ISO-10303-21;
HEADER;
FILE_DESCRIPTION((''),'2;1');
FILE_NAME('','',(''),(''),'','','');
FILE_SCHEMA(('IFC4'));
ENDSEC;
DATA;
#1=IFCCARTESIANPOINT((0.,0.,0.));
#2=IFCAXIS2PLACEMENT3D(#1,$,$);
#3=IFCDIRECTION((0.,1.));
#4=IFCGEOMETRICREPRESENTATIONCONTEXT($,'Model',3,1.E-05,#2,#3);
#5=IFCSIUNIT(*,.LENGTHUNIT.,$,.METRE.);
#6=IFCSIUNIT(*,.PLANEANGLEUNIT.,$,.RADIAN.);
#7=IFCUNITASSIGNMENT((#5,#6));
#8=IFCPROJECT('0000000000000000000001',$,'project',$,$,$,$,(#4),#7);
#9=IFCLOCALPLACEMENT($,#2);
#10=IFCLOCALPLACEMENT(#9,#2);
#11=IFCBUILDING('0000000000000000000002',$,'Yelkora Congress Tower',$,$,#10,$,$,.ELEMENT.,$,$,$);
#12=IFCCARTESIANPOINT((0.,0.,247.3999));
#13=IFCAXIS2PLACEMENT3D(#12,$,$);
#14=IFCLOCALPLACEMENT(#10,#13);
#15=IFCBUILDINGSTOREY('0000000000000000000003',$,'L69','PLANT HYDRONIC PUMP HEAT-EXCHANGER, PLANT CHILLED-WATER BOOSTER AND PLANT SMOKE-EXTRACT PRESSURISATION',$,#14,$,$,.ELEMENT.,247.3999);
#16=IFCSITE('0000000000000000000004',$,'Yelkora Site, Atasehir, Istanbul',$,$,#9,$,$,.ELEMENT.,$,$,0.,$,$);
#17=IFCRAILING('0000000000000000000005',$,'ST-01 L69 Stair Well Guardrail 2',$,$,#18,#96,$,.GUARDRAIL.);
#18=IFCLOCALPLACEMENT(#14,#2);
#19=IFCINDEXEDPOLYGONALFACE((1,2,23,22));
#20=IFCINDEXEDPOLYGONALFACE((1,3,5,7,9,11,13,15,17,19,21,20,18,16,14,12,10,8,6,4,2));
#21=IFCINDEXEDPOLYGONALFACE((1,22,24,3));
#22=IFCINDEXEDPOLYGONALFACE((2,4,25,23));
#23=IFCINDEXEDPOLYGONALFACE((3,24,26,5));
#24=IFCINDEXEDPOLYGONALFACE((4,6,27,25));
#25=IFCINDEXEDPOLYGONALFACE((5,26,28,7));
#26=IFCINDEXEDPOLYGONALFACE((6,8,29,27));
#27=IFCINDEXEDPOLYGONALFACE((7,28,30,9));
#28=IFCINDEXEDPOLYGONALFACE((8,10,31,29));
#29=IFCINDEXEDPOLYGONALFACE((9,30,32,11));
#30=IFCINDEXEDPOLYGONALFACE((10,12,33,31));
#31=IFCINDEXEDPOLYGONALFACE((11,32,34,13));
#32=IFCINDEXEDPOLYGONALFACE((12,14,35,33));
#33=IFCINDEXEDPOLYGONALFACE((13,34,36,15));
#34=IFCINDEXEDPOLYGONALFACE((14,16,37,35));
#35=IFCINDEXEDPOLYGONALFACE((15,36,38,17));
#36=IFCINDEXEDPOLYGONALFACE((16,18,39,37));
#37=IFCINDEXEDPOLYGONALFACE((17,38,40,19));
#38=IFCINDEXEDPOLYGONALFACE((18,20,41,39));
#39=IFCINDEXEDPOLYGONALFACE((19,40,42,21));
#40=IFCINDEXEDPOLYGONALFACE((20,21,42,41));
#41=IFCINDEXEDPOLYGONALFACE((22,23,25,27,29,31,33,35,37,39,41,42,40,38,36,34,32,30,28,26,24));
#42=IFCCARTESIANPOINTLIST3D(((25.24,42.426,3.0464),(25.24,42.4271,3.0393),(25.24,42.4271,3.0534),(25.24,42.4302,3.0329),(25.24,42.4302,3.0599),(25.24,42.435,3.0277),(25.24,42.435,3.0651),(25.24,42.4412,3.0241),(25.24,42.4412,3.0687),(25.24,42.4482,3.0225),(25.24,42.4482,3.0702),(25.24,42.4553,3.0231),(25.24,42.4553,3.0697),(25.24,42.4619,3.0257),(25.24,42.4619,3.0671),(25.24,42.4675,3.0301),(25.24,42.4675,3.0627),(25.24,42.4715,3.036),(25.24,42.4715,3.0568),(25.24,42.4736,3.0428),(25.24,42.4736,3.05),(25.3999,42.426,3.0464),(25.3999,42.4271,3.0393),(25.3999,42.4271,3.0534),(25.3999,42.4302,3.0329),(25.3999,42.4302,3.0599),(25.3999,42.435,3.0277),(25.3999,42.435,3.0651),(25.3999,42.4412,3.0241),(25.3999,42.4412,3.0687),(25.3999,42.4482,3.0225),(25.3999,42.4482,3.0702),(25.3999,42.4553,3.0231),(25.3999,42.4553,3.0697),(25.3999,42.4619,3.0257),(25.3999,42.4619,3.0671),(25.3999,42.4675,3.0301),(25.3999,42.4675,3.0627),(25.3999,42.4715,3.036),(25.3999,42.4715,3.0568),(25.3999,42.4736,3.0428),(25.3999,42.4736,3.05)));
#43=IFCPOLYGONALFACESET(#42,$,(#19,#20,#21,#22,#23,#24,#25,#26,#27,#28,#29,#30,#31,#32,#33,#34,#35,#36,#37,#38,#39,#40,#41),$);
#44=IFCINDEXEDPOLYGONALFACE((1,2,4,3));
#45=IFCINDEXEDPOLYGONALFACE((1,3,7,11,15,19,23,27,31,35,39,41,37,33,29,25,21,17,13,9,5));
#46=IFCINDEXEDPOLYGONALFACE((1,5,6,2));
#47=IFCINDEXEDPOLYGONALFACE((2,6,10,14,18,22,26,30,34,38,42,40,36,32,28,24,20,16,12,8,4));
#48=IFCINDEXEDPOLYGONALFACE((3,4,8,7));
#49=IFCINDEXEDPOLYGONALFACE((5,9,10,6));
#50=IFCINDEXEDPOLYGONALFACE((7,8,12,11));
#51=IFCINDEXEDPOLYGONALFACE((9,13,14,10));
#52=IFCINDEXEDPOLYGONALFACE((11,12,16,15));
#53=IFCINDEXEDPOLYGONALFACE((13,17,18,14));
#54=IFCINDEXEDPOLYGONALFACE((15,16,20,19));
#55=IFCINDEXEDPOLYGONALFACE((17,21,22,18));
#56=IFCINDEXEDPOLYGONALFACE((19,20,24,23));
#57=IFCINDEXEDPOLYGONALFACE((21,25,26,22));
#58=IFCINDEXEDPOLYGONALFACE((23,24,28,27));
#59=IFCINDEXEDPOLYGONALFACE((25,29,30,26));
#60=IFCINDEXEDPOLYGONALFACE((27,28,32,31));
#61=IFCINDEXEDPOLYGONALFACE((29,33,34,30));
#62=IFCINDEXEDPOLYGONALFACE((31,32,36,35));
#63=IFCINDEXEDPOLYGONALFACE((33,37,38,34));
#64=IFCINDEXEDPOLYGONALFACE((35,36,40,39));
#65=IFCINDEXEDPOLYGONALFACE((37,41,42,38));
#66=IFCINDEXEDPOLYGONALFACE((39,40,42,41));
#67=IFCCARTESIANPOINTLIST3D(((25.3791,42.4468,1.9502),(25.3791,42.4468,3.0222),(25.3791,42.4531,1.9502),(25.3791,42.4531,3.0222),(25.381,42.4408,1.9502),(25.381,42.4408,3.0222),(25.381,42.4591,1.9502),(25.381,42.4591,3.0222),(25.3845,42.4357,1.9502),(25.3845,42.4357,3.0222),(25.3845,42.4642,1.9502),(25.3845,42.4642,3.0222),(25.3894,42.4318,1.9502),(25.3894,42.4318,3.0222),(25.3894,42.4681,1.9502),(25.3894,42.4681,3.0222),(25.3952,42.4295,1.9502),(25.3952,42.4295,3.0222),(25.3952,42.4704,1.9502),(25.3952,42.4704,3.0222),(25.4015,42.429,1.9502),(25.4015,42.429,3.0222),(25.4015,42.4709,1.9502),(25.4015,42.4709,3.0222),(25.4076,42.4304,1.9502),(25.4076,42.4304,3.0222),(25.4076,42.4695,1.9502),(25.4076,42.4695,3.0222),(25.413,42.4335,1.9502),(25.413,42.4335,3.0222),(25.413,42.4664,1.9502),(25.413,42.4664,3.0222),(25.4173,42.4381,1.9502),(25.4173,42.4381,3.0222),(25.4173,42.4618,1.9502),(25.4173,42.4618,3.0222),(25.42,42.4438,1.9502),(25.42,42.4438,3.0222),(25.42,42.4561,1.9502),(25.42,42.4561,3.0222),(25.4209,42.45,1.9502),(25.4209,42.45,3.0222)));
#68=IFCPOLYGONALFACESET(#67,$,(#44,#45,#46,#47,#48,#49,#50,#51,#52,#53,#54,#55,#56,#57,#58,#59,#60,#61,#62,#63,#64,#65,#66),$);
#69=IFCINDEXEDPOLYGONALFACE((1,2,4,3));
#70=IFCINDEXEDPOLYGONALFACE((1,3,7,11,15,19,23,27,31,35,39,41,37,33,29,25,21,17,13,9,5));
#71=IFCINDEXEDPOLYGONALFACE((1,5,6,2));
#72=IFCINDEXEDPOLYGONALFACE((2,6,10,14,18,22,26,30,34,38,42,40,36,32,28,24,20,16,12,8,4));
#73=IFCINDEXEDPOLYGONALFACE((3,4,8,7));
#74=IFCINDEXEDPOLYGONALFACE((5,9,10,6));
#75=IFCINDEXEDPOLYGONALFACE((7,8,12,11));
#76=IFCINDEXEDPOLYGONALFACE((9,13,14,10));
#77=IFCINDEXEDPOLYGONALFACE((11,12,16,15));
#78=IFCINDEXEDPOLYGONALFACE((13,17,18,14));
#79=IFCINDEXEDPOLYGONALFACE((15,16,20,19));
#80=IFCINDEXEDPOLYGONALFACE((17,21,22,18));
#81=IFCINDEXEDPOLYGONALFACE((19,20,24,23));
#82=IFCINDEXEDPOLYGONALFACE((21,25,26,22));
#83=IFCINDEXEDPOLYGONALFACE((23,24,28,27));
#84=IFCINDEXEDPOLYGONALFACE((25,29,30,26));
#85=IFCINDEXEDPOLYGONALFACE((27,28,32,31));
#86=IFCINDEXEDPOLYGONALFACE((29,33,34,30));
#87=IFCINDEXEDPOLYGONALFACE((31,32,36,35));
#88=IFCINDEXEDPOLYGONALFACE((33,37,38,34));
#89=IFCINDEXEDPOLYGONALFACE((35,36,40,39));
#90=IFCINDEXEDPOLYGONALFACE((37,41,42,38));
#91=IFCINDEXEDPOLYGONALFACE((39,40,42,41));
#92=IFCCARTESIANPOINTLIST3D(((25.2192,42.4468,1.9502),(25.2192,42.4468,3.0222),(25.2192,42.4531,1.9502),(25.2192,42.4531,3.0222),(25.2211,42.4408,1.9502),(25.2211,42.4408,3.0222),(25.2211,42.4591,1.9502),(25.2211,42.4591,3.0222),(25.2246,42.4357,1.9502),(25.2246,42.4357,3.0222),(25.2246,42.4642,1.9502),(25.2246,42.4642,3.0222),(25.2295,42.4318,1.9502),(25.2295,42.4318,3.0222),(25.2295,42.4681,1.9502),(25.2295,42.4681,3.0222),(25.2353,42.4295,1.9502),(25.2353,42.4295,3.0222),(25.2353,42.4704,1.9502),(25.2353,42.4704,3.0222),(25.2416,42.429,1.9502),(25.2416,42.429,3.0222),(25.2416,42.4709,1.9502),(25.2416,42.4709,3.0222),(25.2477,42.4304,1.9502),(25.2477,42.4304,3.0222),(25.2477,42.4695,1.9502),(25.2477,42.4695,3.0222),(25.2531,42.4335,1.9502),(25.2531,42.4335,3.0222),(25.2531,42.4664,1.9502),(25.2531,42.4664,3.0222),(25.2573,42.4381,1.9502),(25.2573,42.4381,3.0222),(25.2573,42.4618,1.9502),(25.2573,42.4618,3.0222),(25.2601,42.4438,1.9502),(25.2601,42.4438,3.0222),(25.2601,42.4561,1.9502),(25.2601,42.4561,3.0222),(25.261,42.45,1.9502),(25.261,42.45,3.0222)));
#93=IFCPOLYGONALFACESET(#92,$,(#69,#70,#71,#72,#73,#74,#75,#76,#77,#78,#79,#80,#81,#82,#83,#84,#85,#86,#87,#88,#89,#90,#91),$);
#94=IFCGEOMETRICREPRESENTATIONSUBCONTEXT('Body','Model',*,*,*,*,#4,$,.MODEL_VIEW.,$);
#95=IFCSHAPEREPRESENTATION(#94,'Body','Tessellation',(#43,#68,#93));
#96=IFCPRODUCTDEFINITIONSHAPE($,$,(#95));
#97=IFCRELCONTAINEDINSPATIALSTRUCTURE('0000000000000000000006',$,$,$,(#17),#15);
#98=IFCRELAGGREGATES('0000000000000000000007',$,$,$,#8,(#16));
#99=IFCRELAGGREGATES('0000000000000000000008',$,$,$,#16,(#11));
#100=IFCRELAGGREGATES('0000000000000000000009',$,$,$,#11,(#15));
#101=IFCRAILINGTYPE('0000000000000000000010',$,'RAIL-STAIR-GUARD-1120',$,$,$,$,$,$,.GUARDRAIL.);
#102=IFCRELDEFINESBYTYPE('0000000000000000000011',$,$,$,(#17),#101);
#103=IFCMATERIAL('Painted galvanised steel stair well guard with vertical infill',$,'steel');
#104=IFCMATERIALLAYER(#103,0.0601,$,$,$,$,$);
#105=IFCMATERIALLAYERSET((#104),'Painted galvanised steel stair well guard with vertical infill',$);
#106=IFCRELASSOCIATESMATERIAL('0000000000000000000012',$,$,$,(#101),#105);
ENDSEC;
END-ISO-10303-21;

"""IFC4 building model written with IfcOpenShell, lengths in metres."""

from ifc_helpers import new_model, si_unit, direction, frame, origin, origin_2d, place, context, subcontext, project, spatial, circle, extrude, material, layer, layer_set, type_object, element, save


model = new_model("IFC4")

# Units and contexts
model_context = context("Model", 3, precision=1e-05, world=origin(), true_north=direction((0.0, 1.0)))
body_context = subcontext(model_context, "Body", "Model", "MODEL_VIEW")
ifc_project = project(units=[si_unit("LENGTHUNIT", "METRE"), si_unit("PLANEANGLEUNIT", "RADIAN")], contexts=[model_context])

# Site, building, storey
site_placement = place(None, origin())
site = spatial("IfcSite", under=ifc_project, at=site_placement, Name="Yelkora Site, Atasehir, Istanbul", CompositionType="ELEMENT", RefElevation=0.0)
building_placement = place(site_placement, origin())
building = spatial("IfcBuilding", under=site, at=building_placement, Name="Yelkora Congress Tower", CompositionType="ELEMENT")
storey_placement = place(building_placement, frame((0.0, 0.0, 247.3999)))
storey = spatial("IfcBuildingStorey", under=building, at=storey_placement, Name="L69", Description="PLANT HYDRONIC PUMP HEAT-EXCHANGER, PLANT CHILLED-WATER BOOSTER AND PLANT SMOKE-EXTRACT PRESSURISATION", CompositionType="ELEMENT", Elevation=247.3999)

# Railing
ifc_material_1 = material(Name="Painted galvanised steel stair well guard with vertical infill", Category="steel")
ifc_layer_1 = layer(ifc_material_1, 0.0601)
ifc_layer_set_1 = layer_set([ifc_layer_1], Name="Painted galvanised steel stair well guard with vertical infill")
railing_type_1 = type_object("IfcRailingType", Name="RAIL-STAIR-GUARD-1120", PredefinedType="GUARDRAIL", material=ifc_layer_set_1)
railing_1_placement = place(storey_placement, frame((25.3999, 42.45, 1.9502)))
element("IfcRailing", 1, at=railing_1_placement, inside=storey, type_object=railing_type_1, Name="ST-01 L69 Stair Well Guardrail 2", PredefinedType="GUARDRAIL", context=body_context, shape_type="SweptSolid", body=[
    extrude(circle(Radius=0.0239, at=origin_2d()), frame((0.0, 0.0, 1.0962), z_axis=(-1.0, 0.0, 0.0), x_axis=(0.0, -1.0, 0.0)), (0.0, 0.0, 1.0), 0.1599),
    extrude(circle(Radius=0.021, at=origin_2d()), origin(), (0.0, 0.0, 1.0), 1.072),
    extrude(circle(Radius=0.021, at=origin_2d()), frame((-0.1599, 0.0, 0.0)), (0.0, 0.0, 1.0), 1.072),
])

save(model, "model.ifc")
